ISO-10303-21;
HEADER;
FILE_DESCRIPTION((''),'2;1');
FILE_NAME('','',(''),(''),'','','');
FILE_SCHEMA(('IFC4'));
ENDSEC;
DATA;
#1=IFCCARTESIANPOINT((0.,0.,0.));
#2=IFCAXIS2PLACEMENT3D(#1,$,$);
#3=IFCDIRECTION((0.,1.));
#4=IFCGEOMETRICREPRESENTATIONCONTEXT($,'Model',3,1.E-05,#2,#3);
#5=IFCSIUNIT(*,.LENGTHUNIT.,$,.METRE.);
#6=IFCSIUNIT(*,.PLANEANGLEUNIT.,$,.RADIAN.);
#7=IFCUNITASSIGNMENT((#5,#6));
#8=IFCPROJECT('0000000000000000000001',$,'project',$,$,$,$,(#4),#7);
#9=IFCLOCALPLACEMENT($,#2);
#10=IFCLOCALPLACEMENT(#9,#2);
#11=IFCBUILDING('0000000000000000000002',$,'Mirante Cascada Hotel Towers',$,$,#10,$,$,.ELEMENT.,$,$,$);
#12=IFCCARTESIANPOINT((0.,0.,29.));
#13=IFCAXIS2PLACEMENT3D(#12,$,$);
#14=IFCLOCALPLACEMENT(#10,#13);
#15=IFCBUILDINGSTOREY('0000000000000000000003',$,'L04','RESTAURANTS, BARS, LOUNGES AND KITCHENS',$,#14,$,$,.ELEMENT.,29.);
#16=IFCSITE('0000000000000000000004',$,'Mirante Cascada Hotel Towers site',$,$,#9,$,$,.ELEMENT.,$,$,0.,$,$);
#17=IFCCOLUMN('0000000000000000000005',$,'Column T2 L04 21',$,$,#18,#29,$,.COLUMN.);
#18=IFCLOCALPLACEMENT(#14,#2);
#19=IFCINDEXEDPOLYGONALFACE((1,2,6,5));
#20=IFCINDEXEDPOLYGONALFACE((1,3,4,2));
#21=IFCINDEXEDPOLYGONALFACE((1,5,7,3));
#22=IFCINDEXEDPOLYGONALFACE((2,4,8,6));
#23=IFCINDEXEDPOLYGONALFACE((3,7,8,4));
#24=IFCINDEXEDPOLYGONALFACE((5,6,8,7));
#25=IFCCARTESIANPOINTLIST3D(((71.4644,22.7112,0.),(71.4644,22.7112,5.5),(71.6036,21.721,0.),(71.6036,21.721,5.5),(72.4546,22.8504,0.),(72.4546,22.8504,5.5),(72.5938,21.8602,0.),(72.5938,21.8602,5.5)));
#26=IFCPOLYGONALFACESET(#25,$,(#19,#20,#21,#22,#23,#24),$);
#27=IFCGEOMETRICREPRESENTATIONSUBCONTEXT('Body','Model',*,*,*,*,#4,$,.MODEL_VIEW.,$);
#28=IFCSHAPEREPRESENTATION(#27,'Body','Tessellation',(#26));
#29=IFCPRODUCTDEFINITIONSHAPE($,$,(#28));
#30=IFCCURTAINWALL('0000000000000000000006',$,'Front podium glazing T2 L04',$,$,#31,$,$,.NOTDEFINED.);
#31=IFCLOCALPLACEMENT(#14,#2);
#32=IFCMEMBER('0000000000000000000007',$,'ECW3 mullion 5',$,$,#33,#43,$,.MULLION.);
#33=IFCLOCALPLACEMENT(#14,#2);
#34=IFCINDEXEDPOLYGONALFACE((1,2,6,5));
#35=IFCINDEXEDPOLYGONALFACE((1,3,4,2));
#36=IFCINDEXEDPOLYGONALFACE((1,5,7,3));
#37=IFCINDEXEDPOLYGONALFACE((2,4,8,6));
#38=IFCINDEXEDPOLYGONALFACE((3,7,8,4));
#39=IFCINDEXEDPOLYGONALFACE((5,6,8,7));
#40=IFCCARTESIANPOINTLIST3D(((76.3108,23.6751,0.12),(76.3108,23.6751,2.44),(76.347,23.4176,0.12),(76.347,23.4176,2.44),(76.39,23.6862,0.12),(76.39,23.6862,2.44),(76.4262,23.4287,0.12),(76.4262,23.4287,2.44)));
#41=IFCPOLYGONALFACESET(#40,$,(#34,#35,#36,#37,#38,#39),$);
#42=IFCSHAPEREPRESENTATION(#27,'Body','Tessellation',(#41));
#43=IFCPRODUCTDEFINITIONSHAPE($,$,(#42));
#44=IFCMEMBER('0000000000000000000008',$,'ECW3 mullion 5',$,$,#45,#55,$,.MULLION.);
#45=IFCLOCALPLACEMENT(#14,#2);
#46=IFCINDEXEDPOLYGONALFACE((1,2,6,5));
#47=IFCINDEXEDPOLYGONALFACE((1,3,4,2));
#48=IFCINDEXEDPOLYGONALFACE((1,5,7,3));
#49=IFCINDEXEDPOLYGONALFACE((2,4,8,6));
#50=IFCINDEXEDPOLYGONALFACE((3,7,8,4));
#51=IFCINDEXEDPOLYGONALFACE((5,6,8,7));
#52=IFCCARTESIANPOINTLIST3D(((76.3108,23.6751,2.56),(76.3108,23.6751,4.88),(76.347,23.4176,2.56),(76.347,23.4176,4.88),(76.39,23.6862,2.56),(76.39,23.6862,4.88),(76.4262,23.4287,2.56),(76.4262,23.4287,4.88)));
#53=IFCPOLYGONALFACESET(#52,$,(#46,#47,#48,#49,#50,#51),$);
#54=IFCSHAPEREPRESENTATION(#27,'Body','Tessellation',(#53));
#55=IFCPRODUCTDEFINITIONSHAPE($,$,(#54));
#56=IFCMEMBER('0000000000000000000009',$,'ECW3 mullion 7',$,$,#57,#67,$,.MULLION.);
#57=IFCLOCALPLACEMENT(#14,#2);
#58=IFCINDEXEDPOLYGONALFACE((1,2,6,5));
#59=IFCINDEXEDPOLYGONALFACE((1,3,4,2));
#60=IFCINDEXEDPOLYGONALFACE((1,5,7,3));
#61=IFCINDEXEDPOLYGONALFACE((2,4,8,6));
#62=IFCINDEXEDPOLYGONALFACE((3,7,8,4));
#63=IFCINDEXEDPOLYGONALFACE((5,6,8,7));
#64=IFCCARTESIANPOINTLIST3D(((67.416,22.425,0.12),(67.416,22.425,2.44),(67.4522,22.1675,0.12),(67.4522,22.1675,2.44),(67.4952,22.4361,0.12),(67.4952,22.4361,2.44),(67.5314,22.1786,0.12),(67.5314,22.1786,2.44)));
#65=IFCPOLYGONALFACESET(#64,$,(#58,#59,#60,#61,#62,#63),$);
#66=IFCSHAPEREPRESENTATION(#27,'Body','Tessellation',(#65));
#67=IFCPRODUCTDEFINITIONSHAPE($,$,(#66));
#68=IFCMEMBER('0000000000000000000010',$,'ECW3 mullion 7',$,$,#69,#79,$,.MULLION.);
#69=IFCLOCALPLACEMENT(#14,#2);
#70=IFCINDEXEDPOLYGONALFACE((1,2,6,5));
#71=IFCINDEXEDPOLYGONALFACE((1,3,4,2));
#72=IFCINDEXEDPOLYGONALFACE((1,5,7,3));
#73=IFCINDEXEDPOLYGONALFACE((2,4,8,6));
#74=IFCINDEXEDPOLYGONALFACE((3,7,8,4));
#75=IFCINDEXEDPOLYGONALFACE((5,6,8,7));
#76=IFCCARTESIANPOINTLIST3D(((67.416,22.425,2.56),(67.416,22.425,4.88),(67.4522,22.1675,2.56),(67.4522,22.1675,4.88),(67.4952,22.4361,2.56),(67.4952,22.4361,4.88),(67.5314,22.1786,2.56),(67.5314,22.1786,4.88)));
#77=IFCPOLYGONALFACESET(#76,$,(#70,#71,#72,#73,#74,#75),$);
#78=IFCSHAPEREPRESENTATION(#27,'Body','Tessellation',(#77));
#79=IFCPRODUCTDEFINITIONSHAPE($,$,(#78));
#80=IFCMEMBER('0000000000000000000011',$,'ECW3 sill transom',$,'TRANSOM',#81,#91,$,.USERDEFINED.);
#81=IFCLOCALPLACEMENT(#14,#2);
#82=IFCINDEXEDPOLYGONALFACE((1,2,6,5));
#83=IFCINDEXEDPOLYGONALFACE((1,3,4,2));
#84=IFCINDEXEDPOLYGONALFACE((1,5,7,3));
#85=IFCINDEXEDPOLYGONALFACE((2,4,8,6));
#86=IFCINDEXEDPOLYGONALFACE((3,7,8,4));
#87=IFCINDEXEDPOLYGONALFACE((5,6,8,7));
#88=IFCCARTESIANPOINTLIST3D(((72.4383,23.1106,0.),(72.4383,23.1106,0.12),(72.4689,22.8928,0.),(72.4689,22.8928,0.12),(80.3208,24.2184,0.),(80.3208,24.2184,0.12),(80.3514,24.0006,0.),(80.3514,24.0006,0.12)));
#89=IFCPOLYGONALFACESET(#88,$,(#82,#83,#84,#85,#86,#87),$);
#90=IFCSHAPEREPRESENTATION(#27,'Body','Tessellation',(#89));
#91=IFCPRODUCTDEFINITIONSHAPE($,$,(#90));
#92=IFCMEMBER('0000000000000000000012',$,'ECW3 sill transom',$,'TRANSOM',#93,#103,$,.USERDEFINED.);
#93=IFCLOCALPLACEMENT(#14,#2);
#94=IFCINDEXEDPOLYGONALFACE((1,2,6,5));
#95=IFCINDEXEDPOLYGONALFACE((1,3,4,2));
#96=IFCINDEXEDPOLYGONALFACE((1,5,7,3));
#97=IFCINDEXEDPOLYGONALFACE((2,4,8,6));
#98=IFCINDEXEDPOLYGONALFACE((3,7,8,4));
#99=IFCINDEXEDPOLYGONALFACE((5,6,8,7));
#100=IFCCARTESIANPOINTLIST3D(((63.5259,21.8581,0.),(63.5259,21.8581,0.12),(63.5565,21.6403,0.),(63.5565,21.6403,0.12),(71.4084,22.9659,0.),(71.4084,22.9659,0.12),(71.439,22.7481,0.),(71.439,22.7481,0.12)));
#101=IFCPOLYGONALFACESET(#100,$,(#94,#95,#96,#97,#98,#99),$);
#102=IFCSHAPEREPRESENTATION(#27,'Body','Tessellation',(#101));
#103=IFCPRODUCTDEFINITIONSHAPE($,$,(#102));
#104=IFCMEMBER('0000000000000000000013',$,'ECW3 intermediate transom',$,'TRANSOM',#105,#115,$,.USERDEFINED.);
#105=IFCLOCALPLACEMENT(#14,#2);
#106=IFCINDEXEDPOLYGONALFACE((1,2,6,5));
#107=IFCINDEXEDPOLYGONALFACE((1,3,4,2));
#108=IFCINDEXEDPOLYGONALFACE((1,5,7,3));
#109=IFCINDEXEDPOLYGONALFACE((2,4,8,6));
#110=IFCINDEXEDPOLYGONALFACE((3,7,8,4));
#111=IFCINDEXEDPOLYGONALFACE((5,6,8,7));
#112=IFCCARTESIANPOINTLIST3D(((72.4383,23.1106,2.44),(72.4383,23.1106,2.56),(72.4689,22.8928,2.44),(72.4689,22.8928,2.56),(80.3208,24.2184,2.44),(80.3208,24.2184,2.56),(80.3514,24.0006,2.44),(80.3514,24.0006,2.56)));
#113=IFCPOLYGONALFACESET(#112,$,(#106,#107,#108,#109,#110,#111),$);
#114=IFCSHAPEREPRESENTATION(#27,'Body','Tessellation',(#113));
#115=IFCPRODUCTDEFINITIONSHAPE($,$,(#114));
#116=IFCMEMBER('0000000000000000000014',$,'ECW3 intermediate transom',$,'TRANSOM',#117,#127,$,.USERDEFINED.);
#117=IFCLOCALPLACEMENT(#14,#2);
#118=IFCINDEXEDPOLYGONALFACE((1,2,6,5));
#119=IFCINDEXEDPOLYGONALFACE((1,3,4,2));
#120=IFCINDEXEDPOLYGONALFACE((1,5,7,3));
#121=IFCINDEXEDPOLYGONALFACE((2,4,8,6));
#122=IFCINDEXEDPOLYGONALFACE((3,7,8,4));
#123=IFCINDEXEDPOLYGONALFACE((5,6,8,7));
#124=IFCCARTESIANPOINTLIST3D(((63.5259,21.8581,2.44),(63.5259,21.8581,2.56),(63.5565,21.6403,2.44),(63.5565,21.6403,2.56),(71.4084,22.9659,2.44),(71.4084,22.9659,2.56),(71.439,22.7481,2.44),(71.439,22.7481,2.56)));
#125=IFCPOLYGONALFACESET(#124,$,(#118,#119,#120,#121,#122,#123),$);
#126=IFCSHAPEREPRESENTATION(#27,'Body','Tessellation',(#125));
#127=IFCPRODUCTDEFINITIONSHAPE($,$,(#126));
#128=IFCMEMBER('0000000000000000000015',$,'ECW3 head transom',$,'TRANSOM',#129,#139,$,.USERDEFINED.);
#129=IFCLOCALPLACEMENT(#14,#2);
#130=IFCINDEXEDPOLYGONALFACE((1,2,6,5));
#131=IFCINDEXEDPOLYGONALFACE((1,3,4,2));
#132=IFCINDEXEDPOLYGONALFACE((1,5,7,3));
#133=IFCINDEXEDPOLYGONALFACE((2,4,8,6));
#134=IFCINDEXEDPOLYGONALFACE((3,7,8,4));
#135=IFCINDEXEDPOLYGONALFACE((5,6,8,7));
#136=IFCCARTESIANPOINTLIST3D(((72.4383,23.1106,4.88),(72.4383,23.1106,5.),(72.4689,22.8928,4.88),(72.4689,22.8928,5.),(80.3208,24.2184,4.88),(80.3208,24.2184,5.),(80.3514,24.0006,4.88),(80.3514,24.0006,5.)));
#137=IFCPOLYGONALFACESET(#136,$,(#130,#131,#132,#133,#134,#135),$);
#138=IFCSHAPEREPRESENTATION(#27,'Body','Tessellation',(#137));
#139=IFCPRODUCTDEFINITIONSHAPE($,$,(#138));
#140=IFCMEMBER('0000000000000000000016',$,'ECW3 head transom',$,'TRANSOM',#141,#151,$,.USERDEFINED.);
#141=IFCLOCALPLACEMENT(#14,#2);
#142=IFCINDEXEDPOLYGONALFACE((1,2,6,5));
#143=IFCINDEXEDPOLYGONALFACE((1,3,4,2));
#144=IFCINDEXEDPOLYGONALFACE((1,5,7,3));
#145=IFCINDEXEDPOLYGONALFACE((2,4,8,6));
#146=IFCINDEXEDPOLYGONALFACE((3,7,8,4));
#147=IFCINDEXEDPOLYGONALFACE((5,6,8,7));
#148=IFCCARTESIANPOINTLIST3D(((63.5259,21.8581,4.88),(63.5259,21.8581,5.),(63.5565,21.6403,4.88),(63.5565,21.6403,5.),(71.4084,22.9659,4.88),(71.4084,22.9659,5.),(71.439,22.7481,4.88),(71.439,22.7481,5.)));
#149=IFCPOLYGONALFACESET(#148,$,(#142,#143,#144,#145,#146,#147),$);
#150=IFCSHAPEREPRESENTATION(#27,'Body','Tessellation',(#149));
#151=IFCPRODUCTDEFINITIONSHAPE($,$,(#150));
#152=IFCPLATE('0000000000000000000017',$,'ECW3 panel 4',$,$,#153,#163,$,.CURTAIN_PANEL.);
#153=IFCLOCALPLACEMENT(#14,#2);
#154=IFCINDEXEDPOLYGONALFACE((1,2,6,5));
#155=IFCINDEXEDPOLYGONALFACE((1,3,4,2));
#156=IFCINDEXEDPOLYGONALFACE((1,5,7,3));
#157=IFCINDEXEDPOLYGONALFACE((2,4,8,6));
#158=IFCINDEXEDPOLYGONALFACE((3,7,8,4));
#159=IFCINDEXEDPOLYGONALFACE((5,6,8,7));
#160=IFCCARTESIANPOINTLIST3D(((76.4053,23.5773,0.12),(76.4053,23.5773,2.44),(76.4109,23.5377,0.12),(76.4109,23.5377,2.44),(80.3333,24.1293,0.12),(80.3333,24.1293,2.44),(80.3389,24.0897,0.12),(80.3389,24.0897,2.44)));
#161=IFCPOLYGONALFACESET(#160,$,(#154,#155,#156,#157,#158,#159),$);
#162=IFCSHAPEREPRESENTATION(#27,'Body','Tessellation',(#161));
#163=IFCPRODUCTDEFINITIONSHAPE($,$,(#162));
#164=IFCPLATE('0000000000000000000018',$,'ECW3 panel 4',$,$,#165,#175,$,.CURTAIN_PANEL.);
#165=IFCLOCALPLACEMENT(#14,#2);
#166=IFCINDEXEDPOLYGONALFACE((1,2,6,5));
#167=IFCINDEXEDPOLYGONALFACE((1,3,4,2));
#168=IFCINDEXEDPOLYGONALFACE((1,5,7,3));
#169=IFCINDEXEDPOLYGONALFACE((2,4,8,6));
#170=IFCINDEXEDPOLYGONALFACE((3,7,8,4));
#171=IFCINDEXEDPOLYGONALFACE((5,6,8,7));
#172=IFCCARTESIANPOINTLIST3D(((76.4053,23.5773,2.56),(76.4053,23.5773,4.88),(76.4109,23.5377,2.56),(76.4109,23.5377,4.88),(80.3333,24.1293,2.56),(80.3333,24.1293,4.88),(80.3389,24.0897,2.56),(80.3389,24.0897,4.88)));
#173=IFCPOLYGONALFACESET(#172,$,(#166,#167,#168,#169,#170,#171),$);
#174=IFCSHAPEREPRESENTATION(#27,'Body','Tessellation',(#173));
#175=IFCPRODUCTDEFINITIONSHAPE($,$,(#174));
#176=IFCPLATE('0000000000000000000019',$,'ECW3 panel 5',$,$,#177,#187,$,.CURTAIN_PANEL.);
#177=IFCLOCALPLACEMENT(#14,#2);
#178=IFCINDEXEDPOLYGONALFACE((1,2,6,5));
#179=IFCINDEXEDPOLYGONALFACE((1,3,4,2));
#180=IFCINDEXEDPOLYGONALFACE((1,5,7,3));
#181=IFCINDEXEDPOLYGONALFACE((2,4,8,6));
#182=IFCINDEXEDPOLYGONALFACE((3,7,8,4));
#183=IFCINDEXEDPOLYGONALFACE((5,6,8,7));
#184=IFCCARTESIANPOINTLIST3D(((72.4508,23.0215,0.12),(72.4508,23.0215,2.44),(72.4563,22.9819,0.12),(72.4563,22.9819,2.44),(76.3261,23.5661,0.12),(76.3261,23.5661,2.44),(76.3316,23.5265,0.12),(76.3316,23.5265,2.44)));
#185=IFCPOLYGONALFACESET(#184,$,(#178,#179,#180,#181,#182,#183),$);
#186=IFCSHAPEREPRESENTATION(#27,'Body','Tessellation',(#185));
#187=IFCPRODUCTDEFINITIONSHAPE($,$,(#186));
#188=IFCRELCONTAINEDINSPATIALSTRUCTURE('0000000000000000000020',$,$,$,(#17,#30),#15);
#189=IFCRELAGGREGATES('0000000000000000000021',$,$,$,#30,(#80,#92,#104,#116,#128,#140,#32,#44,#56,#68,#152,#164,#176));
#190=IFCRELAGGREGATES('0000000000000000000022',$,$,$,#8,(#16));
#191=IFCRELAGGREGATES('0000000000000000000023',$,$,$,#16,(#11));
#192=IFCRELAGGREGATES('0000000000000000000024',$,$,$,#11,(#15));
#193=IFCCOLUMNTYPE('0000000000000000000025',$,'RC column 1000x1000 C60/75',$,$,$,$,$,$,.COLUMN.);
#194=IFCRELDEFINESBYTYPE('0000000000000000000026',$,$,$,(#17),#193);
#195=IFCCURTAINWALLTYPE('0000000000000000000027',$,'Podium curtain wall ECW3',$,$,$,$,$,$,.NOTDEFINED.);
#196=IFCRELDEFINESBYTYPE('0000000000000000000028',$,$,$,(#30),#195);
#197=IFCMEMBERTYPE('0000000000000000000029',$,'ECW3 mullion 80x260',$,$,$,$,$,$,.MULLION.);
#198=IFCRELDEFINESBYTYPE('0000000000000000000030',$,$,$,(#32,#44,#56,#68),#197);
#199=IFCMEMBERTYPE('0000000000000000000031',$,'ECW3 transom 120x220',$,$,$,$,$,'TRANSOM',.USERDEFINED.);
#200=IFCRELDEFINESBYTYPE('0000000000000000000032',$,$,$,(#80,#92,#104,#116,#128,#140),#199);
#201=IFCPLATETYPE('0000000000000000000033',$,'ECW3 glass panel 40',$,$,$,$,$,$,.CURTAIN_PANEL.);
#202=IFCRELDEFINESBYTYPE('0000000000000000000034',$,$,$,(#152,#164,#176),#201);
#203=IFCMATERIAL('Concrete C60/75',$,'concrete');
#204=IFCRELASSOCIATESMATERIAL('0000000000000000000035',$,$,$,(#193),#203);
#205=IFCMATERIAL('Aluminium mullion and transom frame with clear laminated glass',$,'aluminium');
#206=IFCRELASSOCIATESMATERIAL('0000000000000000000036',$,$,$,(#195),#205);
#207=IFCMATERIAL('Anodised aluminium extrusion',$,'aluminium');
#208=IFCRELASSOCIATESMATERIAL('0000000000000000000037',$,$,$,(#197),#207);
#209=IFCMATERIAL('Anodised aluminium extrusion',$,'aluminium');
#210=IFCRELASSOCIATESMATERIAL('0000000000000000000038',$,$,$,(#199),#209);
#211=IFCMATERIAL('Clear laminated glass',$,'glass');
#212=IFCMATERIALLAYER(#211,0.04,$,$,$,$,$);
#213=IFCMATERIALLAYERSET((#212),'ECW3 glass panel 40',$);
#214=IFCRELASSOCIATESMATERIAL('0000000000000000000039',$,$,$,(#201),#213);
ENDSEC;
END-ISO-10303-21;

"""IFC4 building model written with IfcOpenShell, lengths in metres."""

from ifc_helpers import new_model, si_unit, direction, frame, origin, origin_2d, place, context, subcontext, project, spatial, rectangle, extrude, material, layer, layer_set, material_profile, profile_set, type_object, element, aggregate, save


model = new_model("IFC4")

# Units and contexts
model_context = context("Model", 3, precision=1e-05, world=origin(), true_north=direction((0.0, 1.0)))
body_context = subcontext(model_context, "Body", "Model", "MODEL_VIEW")
ifc_project = project(units=[si_unit("LENGTHUNIT", "METRE"), si_unit("PLANEANGLEUNIT", "RADIAN")], contexts=[model_context])

# Site, building, storey
site_placement = place(None, origin())
site = spatial("IfcSite", under=ifc_project, at=site_placement, Name="Mirante Cascada Hotel Towers site", CompositionType="ELEMENT", RefElevation=0.0)
building_placement = place(site_placement, origin())
building = spatial("IfcBuilding", under=site, at=building_placement, Name="Mirante Cascada Hotel Towers", CompositionType="ELEMENT")
storey_placement = place(building_placement, frame((0.0, 0.0, 29.0)))
storey = spatial("IfcBuildingStorey", under=building, at=storey_placement, Name="L04", Description="RESTAURANTS, BARS, LOUNGES AND KITCHENS", CompositionType="ELEMENT", Elevation=29.0)

# Column
ifc_material_1 = material(Name="Concrete C60/75", Category="concrete")
ifc_material_profile_1 = material_profile(ifc_material_1, rectangle(XDim=1.0, YDim=1.0, at=origin_2d()), Name="RC column 1000x1000 C60/75")
ifc_profile_set_1 = profile_set([ifc_material_profile_1], Name="Concrete C60/75")
column_type = type_object("IfcColumnType", Name="RC column 1000x1000 C60/75", PredefinedType="COLUMN", material=ifc_profile_set_1)
column_placement = place(storey_placement, frame((72.0291, 22.2857, 0.0), z_axis=(0.0, 0.0, 1.0), x_axis=(0.990268, 0.139173, 0.0)))
element("IfcColumn", 1, at=column_placement, inside=storey, type_object=column_type, Name="Column T2 L04 21", PredefinedType="COLUMN", context=body_context, shape_type="SweptSolid", body=[
    extrude(rectangle(XDim=1.0, YDim=1.0, at=origin_2d()), origin(), (0.0, 0.0, 1.0), 5.5),
])

# Curtain wall, members, plates
ifc_material_2 = material(Name="Aluminium mullion and transom frame with clear laminated glass", Category="aluminium")
curtain_wall_type = type_object("IfcCurtainWallType", Name="Podium curtain wall ECW3", PredefinedType="NOTDEFINED", material=ifc_material_2)
curtain_wall_placement = place(storey_placement, origin())
curtain_wall = element("IfcCurtainWall", 2, at=curtain_wall_placement, inside=storey, type_object=curtain_wall_type, Name="Front podium glazing T2 L04", PredefinedType="NOTDEFINED")
ifc_material_3 = material(Name="Anodised aluminium extrusion", Category="aluminium")
ifc_material_profile_2 = material_profile(ifc_material_3, rectangle(XDim=0.26, YDim=0.08, at=origin_2d()), Name="ECW3 MULLION 80x260")
ifc_profile_set_2 = profile_set([ifc_material_profile_2], Name="Anodised aluminium extrusion")
member_type_1 = type_object("IfcMemberType", Name="ECW3 mullion 80x260", PredefinedType="MULLION", material=ifc_profile_set_2)
member_1_placement = place(storey_placement, frame((76.3685, 23.5519, 0.12), z_axis=(0.0, 0.0, 1.0), x_axis=(0.139173, -0.990268, 0.0)))
member_1 = element("IfcMember", 3, at=member_1_placement, type_object=member_type_1, Name="ECW3 mullion 5", PredefinedType="MULLION", context=body_context, shape_type="SweptSolid", body=[
    extrude(rectangle(XDim=0.26, YDim=0.08, at=origin_2d()), origin(), (0.0, 0.0, 1.0), 2.32),
])
member_2_placement = place(storey_placement, frame((76.3685, 23.5519, 2.56), z_axis=(0.0, 0.0, 1.0), x_axis=(0.139173, -0.990268, 0.0)))
member_2 = element("IfcMember", 4, at=member_2_placement, type_object=member_type_1, Name="ECW3 mullion 5", PredefinedType="MULLION", context=body_context, shape_type="SweptSolid", body=[
    extrude(rectangle(XDim=0.26, YDim=0.08, at=origin_2d()), origin(), (0.0, 0.0, 1.0), 2.32),
])
member_3_placement = place(storey_placement, frame((67.4737, 22.3018, 0.12), z_axis=(0.0, 0.0, 1.0), x_axis=(0.139173, -0.990268, 0.0)))
member_3 = element("IfcMember", 5, at=member_3_placement, type_object=member_type_1, Name="ECW3 mullion 7", PredefinedType="MULLION", context=body_context, shape_type="SweptSolid", body=[
    extrude(rectangle(XDim=0.26, YDim=0.08, at=origin_2d()), origin(), (0.0, 0.0, 1.0), 2.32),
])
member_4_placement = place(storey_placement, frame((67.4737, 22.3018, 2.56), z_axis=(0.0, 0.0, 1.0), x_axis=(0.139173, -0.990268, 0.0)))
member_4 = element("IfcMember", 6, at=member_4_placement, type_object=member_type_1, Name="ECW3 mullion 7", PredefinedType="MULLION", context=body_context, shape_type="SweptSolid", body=[
    extrude(rectangle(XDim=0.26, YDim=0.08, at=origin_2d()), origin(), (0.0, 0.0, 1.0), 2.32),
])
ifc_material_4 = material(Name="Anodised aluminium extrusion", Category="aluminium")
ifc_material_profile_3 = material_profile(ifc_material_4, rectangle(XDim=0.22, YDim=0.12, at=origin_2d()), Name="ECW3 TRANSOM 120x220")
ifc_profile_set_3 = profile_set([ifc_material_profile_3], Name="Anodised aluminium extrusion")
member_type_2 = type_object("IfcMemberType", Name="ECW3 transom 120x220", ElementType="TRANSOM", PredefinedType="USERDEFINED", material=ifc_profile_set_3)
member_5_placement = place(storey_placement, frame((80.3361, 24.1095, 0.06), z_axis=(-0.990268, -0.139172, 0.0), x_axis=(0.139172, -0.990268, 0.0)))
member_5 = element("IfcMember", 7, at=member_5_placement, type_object=member_type_2, Name="ECW3 sill transom", ObjectType="TRANSOM", PredefinedType="USERDEFINED", context=body_context, shape_type="SweptSolid", body=[
    extrude(rectangle(XDim=0.22, YDim=0.12, at=origin_2d()), origin(), (0.0, 0.0, 1.0), 7.96),
])
member_6_placement = place(storey_placement, frame((71.4237, 22.857, 0.06), z_axis=(-0.990268, -0.139172, 0.0), x_axis=(0.139172, -0.990268, 0.0)))
member_6 = element("IfcMember", 8, at=member_6_placement, type_object=member_type_2, Name="ECW3 sill transom", ObjectType="TRANSOM", PredefinedType="USERDEFINED", context=body_context, shape_type="SweptSolid", body=[
    extrude(rectangle(XDim=0.22, YDim=0.12, at=origin_2d()), origin(), (0.0, 0.0, 1.0), 7.96),
])
member_7_placement = place(storey_placement, frame((80.3361, 24.1095, 2.5), z_axis=(-0.990268, -0.139172, 0.0), x_axis=(0.139172, -0.990268, 0.0)))
member_7 = element("IfcMember", 9, at=member_7_placement, type_object=member_type_2, Name="ECW3 intermediate transom", ObjectType="TRANSOM", PredefinedType="USERDEFINED", context=body_context, shape_type="SweptSolid", body=[
    extrude(rectangle(XDim=0.22, YDim=0.12, at=origin_2d()), origin(), (0.0, 0.0, 1.0), 7.96),
])
member_8_placement = place(storey_placement, frame((71.4237, 22.857, 2.5), z_axis=(-0.990268, -0.139172, 0.0), x_axis=(0.139172, -0.990268, 0.0)))
member_8 = element("IfcMember", 10, at=member_8_placement, type_object=member_type_2, Name="ECW3 intermediate transom", ObjectType="TRANSOM", PredefinedType="USERDEFINED", context=body_context, shape_type="SweptSolid", body=[
    extrude(rectangle(XDim=0.22, YDim=0.12, at=origin_2d()), origin(), (0.0, 0.0, 1.0), 7.96),
])
member_9_placement = place(storey_placement, frame((80.3361, 24.1095, 4.94), z_axis=(-0.990268, -0.139172, 0.0), x_axis=(0.139172, -0.990268, 0.0)))
member_9 = element("IfcMember", 11, at=member_9_placement, type_object=member_type_2, Name="ECW3 head transom", ObjectType="TRANSOM", PredefinedType="USERDEFINED", context=body_context, shape_type="SweptSolid", body=[
    extrude(rectangle(XDim=0.22, YDim=0.12, at=origin_2d()), origin(), (0.0, 0.0, 1.0), 7.96),
])
member_10_placement = place(storey_placement, frame((71.4237, 22.857, 4.94), z_axis=(-0.990268, -0.139172, 0.0), x_axis=(0.139172, -0.990268, 0.0)))
member_10 = element("IfcMember", 12, at=member_10_placement, type_object=member_type_2, Name="ECW3 head transom", ObjectType="TRANSOM", PredefinedType="USERDEFINED", context=body_context, shape_type="SweptSolid", body=[
    extrude(rectangle(XDim=0.22, YDim=0.12, at=origin_2d()), origin(), (0.0, 0.0, 1.0), 7.96),
])
ifc_material_5 = material(Name="Clear laminated glass", Category="glass")
ifc_layer_1 = layer(ifc_material_5, 0.04)
ifc_layer_set_1 = layer_set([ifc_layer_1], Name="ECW3 glass panel 40")
plate_type = type_object("IfcPlateType", Name="ECW3 glass panel 40", PredefinedType="CURTAIN_PANEL", material=ifc_layer_set_1)
plate_1_placement = place(storey_placement, frame((78.3721, 23.8335, 0.12), z_axis=(0.0, 0.0, 1.0), x_axis=(-0.990268, -0.139173, 0.0)))
plate_1 = element("IfcPlate", 13, at=plate_1_placement, type_object=plate_type, Name="ECW3 panel 4", PredefinedType="CURTAIN_PANEL", context=body_context, shape_type="SweptSolid", body=[
    extrude(rectangle(XDim=3.9666, YDim=0.04, at=origin_2d()), origin(), (0.0, 0.0, 1.0), 2.32),
])
plate_2_placement = place(storey_placement, frame((78.3721, 23.8335, 2.56), z_axis=(0.0, 0.0, 1.0), x_axis=(-0.990268, -0.139173, 0.0)))
plate_2 = element("IfcPlate", 14, at=plate_2_placement, type_object=plate_type, Name="ECW3 panel 4", PredefinedType="CURTAIN_PANEL", context=body_context, shape_type="SweptSolid", body=[
    extrude(rectangle(XDim=3.9666, YDim=0.04, at=origin_2d()), origin(), (0.0, 0.0, 1.0), 2.32),
])
plate_3_placement = place(storey_placement, frame((74.3912, 23.274, 0.12), z_axis=(0.0, 0.0, 1.0), x_axis=(-0.990268, -0.139173, 0.0)))
plate_3 = element("IfcPlate", 15, at=plate_3_placement, type_object=plate_type, Name="ECW3 panel 5", PredefinedType="CURTAIN_PANEL", context=body_context, shape_type="SweptSolid", body=[
    extrude(rectangle(XDim=3.9134, YDim=0.04, at=origin_2d()), origin(), (0.0, 0.0, 1.0), 2.32),
])
aggregate(curtain_wall, [member_5, member_6, member_7, member_8, member_9, member_10, member_1, member_2, member_3, member_4, plate_1, plate_2, plate_3])

save(model, "model.ifc")
